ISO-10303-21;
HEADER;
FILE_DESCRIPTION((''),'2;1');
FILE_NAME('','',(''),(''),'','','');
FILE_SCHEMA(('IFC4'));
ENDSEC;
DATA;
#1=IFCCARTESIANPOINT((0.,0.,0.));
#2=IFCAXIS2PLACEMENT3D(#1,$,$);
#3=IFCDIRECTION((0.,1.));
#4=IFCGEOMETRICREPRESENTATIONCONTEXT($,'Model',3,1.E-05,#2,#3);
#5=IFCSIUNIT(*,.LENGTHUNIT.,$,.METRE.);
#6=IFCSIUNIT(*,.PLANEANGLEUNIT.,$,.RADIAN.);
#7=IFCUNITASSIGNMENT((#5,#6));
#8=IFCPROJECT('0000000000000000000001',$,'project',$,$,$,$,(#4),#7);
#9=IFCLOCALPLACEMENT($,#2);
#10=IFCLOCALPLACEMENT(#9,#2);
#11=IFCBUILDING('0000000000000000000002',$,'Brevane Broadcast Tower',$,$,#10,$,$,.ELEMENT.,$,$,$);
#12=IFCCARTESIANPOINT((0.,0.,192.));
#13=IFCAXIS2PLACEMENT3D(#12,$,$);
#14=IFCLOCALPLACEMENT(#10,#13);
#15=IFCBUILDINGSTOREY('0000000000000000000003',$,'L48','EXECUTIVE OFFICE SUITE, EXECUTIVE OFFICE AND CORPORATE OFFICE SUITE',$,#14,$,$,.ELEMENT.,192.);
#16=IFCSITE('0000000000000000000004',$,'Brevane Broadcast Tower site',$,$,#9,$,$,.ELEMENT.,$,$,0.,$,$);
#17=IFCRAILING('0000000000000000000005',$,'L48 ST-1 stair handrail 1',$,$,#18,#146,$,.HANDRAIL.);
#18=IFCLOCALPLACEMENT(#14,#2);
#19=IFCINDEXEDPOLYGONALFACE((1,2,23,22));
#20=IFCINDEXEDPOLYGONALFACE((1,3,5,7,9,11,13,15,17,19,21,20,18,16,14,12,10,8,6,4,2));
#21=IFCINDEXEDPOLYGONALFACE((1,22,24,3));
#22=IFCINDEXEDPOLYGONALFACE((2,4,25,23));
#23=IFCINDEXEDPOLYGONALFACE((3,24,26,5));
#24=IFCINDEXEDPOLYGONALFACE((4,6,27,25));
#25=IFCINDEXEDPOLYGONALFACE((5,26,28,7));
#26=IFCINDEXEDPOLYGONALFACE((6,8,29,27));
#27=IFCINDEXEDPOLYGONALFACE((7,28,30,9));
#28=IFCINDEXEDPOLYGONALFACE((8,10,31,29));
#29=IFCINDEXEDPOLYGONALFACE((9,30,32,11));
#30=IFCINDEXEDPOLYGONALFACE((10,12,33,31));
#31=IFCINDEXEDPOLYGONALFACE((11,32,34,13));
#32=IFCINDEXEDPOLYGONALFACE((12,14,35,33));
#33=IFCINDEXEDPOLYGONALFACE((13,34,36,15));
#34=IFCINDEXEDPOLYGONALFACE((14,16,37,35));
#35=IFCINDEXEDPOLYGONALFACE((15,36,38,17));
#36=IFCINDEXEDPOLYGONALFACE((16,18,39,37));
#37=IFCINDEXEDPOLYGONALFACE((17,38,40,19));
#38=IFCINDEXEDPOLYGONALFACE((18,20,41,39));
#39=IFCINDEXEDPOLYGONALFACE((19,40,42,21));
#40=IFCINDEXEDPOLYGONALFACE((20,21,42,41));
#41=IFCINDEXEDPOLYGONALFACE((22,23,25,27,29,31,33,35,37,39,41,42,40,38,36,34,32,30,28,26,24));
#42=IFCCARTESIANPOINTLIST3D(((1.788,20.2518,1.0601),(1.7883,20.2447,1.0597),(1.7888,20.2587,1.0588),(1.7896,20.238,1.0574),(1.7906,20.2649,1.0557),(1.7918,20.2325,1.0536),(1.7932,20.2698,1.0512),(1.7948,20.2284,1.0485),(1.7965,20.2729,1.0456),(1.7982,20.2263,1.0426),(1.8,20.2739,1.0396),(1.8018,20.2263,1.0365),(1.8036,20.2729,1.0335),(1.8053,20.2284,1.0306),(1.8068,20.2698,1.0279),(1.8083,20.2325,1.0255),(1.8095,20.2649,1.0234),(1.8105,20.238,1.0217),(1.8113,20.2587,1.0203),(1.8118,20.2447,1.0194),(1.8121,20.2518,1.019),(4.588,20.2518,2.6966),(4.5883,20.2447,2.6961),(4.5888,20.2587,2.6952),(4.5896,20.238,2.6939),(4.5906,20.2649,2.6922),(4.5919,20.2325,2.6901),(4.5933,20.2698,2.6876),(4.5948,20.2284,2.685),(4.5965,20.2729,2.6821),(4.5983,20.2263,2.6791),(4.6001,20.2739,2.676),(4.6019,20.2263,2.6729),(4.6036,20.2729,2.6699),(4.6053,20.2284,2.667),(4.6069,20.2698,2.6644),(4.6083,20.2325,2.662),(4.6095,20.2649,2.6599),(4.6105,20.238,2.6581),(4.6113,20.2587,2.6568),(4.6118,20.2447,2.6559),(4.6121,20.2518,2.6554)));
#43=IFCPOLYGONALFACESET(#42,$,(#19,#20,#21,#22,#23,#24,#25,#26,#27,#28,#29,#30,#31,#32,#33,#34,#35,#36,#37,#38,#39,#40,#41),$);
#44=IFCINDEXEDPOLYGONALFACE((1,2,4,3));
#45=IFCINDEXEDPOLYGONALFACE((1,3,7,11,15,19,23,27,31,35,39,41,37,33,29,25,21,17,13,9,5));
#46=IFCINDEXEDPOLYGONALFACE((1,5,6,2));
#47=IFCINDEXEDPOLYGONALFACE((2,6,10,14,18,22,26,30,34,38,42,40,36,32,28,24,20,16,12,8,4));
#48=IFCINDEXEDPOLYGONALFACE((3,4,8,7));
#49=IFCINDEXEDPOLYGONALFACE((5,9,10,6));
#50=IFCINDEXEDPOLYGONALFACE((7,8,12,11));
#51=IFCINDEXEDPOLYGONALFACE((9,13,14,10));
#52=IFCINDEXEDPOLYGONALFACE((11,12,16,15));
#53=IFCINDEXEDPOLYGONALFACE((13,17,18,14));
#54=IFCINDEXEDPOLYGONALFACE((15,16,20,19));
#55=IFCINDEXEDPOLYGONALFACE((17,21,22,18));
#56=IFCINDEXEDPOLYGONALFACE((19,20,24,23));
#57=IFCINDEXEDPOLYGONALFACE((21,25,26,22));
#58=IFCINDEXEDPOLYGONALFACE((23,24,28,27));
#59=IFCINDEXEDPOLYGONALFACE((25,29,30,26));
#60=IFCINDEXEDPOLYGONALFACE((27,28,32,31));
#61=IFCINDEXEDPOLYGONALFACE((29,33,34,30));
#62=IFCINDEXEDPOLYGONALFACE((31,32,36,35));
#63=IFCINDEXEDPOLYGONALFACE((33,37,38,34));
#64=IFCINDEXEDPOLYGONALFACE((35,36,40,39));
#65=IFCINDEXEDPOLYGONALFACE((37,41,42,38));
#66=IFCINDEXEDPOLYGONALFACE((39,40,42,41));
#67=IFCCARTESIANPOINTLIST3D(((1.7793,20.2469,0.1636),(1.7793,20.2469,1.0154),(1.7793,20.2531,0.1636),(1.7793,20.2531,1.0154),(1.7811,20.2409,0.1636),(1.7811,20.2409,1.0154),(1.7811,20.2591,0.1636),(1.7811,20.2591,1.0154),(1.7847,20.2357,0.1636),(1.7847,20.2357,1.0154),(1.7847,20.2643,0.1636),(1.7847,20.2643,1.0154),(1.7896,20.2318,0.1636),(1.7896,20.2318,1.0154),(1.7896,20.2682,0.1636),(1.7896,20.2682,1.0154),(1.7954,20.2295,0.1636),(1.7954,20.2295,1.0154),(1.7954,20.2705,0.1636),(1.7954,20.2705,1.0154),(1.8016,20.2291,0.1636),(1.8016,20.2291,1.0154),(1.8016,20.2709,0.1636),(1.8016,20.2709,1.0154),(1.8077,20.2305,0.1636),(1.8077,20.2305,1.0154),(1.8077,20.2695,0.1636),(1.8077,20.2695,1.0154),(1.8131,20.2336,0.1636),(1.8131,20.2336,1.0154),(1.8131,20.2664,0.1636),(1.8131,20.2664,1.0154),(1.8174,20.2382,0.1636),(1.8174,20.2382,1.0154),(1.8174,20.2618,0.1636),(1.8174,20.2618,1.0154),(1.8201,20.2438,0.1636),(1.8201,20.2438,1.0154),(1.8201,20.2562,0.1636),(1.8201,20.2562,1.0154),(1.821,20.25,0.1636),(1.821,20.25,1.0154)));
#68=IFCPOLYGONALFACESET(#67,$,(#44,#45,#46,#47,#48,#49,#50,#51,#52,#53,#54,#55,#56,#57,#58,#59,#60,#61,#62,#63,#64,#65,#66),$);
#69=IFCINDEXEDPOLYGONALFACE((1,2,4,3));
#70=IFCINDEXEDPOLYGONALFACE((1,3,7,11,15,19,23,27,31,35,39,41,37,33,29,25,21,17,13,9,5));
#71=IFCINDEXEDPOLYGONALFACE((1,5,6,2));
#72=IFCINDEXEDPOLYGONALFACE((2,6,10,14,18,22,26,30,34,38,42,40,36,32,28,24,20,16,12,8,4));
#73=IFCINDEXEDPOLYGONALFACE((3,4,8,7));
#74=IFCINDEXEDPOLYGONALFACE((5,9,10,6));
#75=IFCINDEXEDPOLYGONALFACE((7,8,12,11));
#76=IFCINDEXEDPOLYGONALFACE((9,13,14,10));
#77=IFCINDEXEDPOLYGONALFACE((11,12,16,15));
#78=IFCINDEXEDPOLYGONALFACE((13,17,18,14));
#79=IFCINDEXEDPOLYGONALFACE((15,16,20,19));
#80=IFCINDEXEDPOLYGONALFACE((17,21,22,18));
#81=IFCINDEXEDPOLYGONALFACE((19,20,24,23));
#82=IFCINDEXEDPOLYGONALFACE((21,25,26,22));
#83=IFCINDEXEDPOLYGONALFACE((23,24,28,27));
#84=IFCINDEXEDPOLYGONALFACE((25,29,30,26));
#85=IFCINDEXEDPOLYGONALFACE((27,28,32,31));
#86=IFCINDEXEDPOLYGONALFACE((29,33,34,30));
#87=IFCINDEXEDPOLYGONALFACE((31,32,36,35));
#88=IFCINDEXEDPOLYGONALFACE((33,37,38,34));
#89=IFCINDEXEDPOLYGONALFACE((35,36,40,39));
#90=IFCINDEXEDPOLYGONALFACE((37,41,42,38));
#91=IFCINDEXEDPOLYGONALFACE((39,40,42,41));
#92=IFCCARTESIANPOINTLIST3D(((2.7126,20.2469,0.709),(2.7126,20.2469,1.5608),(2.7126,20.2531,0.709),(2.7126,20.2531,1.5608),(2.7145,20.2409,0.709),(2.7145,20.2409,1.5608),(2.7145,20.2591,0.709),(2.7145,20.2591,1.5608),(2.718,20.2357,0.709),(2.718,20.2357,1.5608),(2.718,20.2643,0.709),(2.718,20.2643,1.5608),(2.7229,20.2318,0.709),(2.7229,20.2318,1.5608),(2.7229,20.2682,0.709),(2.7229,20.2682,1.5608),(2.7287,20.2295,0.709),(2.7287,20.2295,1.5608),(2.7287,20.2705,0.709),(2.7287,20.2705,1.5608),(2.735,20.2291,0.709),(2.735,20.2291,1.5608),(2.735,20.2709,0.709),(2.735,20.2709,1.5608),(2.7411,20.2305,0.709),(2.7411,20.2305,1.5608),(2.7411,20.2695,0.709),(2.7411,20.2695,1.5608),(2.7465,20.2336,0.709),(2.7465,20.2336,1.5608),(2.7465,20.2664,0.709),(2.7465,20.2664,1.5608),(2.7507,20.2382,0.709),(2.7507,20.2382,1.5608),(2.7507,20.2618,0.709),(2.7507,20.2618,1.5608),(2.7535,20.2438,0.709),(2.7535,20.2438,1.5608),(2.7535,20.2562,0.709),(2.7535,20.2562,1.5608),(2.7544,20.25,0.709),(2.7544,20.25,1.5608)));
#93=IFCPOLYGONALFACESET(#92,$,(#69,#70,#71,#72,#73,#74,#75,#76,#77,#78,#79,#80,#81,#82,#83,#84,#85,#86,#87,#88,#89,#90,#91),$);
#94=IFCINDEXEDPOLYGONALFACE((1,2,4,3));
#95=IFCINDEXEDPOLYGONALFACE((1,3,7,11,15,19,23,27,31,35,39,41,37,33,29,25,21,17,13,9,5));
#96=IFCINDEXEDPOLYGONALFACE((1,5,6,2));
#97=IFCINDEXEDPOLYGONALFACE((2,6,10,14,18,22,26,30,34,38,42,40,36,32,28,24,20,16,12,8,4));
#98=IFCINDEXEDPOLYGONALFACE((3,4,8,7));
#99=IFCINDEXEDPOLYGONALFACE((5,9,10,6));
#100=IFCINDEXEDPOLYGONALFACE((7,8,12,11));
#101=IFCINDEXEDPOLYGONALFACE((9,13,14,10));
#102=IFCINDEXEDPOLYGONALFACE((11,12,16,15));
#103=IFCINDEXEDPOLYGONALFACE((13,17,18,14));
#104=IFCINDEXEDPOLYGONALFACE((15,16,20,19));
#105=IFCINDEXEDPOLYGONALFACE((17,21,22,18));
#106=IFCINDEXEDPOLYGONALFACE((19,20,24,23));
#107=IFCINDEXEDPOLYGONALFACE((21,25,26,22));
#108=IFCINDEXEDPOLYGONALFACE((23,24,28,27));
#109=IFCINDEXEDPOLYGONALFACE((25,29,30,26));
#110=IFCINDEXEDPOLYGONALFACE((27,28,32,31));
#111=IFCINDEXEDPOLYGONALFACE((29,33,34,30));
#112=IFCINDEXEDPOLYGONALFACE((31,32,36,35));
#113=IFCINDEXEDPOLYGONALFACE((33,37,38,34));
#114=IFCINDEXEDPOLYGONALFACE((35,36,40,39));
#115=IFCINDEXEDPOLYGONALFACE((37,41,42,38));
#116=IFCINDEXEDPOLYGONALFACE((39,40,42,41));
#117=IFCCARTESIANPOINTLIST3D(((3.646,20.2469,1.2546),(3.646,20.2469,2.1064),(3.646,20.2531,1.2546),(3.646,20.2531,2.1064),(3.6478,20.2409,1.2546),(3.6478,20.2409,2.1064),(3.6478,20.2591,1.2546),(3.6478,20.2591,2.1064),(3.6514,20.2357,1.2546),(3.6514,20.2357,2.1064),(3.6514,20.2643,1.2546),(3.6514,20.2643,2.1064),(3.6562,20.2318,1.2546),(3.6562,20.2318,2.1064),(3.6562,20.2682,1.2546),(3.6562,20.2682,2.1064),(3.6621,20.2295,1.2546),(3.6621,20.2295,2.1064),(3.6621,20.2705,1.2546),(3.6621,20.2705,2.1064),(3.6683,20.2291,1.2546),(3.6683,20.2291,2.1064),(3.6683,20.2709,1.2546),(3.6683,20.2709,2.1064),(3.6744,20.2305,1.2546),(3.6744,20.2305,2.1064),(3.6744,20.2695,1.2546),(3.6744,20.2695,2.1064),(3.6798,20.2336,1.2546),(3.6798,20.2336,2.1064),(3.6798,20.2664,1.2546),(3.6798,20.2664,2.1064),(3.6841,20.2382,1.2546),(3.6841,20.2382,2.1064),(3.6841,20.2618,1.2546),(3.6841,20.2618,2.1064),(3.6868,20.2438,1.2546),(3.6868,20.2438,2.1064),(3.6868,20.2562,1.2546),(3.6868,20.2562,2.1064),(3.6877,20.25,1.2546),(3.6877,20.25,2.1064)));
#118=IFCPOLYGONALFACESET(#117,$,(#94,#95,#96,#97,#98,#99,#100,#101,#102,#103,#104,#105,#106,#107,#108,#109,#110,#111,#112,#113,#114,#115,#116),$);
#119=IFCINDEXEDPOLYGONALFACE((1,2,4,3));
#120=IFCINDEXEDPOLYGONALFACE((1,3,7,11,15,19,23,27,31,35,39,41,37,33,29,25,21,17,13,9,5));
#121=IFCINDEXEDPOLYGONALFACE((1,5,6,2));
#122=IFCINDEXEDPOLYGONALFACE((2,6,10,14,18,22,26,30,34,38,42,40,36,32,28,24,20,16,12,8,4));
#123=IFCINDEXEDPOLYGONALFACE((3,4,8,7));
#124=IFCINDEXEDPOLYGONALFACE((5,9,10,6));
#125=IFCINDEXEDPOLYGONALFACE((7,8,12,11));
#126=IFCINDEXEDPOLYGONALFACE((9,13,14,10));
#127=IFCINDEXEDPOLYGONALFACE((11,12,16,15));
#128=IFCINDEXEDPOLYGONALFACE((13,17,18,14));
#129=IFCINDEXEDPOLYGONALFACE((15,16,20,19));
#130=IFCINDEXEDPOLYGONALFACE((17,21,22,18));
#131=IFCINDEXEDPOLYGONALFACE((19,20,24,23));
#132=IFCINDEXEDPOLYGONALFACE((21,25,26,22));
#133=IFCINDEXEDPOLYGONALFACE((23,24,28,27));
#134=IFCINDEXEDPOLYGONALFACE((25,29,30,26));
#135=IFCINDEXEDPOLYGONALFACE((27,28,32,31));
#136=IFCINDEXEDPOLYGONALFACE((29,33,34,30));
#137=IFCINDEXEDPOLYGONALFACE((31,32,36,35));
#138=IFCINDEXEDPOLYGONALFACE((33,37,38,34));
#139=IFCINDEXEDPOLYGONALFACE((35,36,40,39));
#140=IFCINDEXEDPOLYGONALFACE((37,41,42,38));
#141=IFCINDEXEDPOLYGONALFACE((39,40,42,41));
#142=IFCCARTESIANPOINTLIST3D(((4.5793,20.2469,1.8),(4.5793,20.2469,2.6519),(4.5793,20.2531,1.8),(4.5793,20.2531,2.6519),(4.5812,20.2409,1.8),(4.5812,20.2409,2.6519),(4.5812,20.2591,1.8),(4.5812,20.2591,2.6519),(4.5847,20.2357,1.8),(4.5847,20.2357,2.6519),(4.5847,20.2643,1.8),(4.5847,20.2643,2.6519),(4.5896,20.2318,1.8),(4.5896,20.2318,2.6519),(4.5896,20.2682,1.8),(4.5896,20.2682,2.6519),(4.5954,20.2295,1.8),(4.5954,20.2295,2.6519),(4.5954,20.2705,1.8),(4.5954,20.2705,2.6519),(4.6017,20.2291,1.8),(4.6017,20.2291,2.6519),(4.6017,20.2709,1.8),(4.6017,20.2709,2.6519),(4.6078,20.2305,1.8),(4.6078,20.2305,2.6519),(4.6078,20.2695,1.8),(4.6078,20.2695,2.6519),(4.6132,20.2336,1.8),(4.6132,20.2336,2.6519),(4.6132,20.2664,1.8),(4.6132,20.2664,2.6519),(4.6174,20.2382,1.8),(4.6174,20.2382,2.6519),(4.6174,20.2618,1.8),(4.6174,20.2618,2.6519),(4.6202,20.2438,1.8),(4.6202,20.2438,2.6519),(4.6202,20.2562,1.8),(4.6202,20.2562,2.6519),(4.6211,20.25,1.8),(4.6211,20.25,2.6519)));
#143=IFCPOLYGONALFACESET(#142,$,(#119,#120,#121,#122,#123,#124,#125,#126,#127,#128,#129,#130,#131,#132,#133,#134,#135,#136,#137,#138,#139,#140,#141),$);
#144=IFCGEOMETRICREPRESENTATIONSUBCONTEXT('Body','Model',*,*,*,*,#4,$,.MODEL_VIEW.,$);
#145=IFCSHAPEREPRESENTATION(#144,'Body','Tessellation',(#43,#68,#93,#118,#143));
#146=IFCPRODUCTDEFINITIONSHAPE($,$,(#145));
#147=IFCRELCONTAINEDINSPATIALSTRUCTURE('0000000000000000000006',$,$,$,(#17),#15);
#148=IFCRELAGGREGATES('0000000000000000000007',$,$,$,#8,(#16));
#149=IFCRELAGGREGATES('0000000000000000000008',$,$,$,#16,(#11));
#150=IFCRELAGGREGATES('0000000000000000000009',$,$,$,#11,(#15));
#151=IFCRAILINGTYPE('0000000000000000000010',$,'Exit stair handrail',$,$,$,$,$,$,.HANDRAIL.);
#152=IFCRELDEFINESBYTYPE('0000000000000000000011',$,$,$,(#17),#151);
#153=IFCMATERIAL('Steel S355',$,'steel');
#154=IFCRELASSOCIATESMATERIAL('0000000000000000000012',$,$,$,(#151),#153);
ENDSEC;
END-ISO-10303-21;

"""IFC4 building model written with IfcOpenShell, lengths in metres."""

from ifc_helpers import new_model, si_unit, direction, frame, origin, origin_2d, place, context, subcontext, project, spatial, circle, extrude, material, type_object, element, save


model = new_model("IFC4")

# Units and contexts
model_context = context("Model", 3, precision=1e-05, world=origin(), true_north=direction((0.0, 1.0)))
body_context = subcontext(model_context, "Body", "Model", "MODEL_VIEW")
ifc_project = project(units=[si_unit("LENGTHUNIT", "METRE"), si_unit("PLANEANGLEUNIT", "RADIAN")], contexts=[model_context])

# Site, building, storey
site_placement = place(None, origin())
site = spatial("IfcSite", under=ifc_project, at=site_placement, Name="Brevane Broadcast Tower site", CompositionType="ELEMENT", RefElevation=0.0)
building_placement = place(site_placement, origin())
building = spatial("IfcBuilding", under=site, at=building_placement, Name="Brevane Broadcast Tower", CompositionType="ELEMENT")
storey_placement = place(building_placement, frame((0.0, 0.0, 192.0)))
storey = spatial("IfcBuildingStorey", under=building, at=storey_placement, Name="L48", Description="EXECUTIVE OFFICE SUITE, EXECUTIVE OFFICE AND CORPORATE OFFICE SUITE", CompositionType="ELEMENT", Elevation=192.0)

# Railing
ifc_material_1 = material(Name="Steel S355", Category="steel")
railing_type_1 = type_object("IfcRailingType", Name="Exit stair handrail", PredefinedType="HANDRAIL", material=ifc_material_1)
railing_1_placement = place(storey_placement, frame((1.8, 20.25, 0.1636)))
element("IfcRailing", 1, at=railing_1_placement, inside=storey, type_object=railing_type_1, Name="L48 ST-1 stair handrail 1", PredefinedType="HANDRAIL", context=body_context, shape_type="SweptSolid", body=[
    extrude(circle(Radius=0.0239, at=origin_2d()), frame((0.0, 0.0, 0.876), z_axis=(0.863361, 0.0, 0.504587), x_axis=(0.0, 1.0, 0.0)), (0.0, 0.0, 1.0), 3.2432),
    extrude(circle(Radius=0.021, at=origin_2d()), origin(), (0.0, 0.0, 1.0), 0.8518),
    extrude(circle(Radius=0.021, at=origin_2d()), frame((0.9333, 0.0, 0.5454)), (0.0, 0.0, 1.0), 0.8518),
    extrude(circle(Radius=0.021, at=origin_2d()), frame((1.8667, 0.0, 1.0911)), (0.0, 0.0, 1.0), 0.8518),
    extrude(circle(Radius=0.021, at=origin_2d()), frame((2.8, 0.0, 1.6365)), (0.0, 0.0, 1.0), 0.8518),
])

save(model, "model.ifc")
